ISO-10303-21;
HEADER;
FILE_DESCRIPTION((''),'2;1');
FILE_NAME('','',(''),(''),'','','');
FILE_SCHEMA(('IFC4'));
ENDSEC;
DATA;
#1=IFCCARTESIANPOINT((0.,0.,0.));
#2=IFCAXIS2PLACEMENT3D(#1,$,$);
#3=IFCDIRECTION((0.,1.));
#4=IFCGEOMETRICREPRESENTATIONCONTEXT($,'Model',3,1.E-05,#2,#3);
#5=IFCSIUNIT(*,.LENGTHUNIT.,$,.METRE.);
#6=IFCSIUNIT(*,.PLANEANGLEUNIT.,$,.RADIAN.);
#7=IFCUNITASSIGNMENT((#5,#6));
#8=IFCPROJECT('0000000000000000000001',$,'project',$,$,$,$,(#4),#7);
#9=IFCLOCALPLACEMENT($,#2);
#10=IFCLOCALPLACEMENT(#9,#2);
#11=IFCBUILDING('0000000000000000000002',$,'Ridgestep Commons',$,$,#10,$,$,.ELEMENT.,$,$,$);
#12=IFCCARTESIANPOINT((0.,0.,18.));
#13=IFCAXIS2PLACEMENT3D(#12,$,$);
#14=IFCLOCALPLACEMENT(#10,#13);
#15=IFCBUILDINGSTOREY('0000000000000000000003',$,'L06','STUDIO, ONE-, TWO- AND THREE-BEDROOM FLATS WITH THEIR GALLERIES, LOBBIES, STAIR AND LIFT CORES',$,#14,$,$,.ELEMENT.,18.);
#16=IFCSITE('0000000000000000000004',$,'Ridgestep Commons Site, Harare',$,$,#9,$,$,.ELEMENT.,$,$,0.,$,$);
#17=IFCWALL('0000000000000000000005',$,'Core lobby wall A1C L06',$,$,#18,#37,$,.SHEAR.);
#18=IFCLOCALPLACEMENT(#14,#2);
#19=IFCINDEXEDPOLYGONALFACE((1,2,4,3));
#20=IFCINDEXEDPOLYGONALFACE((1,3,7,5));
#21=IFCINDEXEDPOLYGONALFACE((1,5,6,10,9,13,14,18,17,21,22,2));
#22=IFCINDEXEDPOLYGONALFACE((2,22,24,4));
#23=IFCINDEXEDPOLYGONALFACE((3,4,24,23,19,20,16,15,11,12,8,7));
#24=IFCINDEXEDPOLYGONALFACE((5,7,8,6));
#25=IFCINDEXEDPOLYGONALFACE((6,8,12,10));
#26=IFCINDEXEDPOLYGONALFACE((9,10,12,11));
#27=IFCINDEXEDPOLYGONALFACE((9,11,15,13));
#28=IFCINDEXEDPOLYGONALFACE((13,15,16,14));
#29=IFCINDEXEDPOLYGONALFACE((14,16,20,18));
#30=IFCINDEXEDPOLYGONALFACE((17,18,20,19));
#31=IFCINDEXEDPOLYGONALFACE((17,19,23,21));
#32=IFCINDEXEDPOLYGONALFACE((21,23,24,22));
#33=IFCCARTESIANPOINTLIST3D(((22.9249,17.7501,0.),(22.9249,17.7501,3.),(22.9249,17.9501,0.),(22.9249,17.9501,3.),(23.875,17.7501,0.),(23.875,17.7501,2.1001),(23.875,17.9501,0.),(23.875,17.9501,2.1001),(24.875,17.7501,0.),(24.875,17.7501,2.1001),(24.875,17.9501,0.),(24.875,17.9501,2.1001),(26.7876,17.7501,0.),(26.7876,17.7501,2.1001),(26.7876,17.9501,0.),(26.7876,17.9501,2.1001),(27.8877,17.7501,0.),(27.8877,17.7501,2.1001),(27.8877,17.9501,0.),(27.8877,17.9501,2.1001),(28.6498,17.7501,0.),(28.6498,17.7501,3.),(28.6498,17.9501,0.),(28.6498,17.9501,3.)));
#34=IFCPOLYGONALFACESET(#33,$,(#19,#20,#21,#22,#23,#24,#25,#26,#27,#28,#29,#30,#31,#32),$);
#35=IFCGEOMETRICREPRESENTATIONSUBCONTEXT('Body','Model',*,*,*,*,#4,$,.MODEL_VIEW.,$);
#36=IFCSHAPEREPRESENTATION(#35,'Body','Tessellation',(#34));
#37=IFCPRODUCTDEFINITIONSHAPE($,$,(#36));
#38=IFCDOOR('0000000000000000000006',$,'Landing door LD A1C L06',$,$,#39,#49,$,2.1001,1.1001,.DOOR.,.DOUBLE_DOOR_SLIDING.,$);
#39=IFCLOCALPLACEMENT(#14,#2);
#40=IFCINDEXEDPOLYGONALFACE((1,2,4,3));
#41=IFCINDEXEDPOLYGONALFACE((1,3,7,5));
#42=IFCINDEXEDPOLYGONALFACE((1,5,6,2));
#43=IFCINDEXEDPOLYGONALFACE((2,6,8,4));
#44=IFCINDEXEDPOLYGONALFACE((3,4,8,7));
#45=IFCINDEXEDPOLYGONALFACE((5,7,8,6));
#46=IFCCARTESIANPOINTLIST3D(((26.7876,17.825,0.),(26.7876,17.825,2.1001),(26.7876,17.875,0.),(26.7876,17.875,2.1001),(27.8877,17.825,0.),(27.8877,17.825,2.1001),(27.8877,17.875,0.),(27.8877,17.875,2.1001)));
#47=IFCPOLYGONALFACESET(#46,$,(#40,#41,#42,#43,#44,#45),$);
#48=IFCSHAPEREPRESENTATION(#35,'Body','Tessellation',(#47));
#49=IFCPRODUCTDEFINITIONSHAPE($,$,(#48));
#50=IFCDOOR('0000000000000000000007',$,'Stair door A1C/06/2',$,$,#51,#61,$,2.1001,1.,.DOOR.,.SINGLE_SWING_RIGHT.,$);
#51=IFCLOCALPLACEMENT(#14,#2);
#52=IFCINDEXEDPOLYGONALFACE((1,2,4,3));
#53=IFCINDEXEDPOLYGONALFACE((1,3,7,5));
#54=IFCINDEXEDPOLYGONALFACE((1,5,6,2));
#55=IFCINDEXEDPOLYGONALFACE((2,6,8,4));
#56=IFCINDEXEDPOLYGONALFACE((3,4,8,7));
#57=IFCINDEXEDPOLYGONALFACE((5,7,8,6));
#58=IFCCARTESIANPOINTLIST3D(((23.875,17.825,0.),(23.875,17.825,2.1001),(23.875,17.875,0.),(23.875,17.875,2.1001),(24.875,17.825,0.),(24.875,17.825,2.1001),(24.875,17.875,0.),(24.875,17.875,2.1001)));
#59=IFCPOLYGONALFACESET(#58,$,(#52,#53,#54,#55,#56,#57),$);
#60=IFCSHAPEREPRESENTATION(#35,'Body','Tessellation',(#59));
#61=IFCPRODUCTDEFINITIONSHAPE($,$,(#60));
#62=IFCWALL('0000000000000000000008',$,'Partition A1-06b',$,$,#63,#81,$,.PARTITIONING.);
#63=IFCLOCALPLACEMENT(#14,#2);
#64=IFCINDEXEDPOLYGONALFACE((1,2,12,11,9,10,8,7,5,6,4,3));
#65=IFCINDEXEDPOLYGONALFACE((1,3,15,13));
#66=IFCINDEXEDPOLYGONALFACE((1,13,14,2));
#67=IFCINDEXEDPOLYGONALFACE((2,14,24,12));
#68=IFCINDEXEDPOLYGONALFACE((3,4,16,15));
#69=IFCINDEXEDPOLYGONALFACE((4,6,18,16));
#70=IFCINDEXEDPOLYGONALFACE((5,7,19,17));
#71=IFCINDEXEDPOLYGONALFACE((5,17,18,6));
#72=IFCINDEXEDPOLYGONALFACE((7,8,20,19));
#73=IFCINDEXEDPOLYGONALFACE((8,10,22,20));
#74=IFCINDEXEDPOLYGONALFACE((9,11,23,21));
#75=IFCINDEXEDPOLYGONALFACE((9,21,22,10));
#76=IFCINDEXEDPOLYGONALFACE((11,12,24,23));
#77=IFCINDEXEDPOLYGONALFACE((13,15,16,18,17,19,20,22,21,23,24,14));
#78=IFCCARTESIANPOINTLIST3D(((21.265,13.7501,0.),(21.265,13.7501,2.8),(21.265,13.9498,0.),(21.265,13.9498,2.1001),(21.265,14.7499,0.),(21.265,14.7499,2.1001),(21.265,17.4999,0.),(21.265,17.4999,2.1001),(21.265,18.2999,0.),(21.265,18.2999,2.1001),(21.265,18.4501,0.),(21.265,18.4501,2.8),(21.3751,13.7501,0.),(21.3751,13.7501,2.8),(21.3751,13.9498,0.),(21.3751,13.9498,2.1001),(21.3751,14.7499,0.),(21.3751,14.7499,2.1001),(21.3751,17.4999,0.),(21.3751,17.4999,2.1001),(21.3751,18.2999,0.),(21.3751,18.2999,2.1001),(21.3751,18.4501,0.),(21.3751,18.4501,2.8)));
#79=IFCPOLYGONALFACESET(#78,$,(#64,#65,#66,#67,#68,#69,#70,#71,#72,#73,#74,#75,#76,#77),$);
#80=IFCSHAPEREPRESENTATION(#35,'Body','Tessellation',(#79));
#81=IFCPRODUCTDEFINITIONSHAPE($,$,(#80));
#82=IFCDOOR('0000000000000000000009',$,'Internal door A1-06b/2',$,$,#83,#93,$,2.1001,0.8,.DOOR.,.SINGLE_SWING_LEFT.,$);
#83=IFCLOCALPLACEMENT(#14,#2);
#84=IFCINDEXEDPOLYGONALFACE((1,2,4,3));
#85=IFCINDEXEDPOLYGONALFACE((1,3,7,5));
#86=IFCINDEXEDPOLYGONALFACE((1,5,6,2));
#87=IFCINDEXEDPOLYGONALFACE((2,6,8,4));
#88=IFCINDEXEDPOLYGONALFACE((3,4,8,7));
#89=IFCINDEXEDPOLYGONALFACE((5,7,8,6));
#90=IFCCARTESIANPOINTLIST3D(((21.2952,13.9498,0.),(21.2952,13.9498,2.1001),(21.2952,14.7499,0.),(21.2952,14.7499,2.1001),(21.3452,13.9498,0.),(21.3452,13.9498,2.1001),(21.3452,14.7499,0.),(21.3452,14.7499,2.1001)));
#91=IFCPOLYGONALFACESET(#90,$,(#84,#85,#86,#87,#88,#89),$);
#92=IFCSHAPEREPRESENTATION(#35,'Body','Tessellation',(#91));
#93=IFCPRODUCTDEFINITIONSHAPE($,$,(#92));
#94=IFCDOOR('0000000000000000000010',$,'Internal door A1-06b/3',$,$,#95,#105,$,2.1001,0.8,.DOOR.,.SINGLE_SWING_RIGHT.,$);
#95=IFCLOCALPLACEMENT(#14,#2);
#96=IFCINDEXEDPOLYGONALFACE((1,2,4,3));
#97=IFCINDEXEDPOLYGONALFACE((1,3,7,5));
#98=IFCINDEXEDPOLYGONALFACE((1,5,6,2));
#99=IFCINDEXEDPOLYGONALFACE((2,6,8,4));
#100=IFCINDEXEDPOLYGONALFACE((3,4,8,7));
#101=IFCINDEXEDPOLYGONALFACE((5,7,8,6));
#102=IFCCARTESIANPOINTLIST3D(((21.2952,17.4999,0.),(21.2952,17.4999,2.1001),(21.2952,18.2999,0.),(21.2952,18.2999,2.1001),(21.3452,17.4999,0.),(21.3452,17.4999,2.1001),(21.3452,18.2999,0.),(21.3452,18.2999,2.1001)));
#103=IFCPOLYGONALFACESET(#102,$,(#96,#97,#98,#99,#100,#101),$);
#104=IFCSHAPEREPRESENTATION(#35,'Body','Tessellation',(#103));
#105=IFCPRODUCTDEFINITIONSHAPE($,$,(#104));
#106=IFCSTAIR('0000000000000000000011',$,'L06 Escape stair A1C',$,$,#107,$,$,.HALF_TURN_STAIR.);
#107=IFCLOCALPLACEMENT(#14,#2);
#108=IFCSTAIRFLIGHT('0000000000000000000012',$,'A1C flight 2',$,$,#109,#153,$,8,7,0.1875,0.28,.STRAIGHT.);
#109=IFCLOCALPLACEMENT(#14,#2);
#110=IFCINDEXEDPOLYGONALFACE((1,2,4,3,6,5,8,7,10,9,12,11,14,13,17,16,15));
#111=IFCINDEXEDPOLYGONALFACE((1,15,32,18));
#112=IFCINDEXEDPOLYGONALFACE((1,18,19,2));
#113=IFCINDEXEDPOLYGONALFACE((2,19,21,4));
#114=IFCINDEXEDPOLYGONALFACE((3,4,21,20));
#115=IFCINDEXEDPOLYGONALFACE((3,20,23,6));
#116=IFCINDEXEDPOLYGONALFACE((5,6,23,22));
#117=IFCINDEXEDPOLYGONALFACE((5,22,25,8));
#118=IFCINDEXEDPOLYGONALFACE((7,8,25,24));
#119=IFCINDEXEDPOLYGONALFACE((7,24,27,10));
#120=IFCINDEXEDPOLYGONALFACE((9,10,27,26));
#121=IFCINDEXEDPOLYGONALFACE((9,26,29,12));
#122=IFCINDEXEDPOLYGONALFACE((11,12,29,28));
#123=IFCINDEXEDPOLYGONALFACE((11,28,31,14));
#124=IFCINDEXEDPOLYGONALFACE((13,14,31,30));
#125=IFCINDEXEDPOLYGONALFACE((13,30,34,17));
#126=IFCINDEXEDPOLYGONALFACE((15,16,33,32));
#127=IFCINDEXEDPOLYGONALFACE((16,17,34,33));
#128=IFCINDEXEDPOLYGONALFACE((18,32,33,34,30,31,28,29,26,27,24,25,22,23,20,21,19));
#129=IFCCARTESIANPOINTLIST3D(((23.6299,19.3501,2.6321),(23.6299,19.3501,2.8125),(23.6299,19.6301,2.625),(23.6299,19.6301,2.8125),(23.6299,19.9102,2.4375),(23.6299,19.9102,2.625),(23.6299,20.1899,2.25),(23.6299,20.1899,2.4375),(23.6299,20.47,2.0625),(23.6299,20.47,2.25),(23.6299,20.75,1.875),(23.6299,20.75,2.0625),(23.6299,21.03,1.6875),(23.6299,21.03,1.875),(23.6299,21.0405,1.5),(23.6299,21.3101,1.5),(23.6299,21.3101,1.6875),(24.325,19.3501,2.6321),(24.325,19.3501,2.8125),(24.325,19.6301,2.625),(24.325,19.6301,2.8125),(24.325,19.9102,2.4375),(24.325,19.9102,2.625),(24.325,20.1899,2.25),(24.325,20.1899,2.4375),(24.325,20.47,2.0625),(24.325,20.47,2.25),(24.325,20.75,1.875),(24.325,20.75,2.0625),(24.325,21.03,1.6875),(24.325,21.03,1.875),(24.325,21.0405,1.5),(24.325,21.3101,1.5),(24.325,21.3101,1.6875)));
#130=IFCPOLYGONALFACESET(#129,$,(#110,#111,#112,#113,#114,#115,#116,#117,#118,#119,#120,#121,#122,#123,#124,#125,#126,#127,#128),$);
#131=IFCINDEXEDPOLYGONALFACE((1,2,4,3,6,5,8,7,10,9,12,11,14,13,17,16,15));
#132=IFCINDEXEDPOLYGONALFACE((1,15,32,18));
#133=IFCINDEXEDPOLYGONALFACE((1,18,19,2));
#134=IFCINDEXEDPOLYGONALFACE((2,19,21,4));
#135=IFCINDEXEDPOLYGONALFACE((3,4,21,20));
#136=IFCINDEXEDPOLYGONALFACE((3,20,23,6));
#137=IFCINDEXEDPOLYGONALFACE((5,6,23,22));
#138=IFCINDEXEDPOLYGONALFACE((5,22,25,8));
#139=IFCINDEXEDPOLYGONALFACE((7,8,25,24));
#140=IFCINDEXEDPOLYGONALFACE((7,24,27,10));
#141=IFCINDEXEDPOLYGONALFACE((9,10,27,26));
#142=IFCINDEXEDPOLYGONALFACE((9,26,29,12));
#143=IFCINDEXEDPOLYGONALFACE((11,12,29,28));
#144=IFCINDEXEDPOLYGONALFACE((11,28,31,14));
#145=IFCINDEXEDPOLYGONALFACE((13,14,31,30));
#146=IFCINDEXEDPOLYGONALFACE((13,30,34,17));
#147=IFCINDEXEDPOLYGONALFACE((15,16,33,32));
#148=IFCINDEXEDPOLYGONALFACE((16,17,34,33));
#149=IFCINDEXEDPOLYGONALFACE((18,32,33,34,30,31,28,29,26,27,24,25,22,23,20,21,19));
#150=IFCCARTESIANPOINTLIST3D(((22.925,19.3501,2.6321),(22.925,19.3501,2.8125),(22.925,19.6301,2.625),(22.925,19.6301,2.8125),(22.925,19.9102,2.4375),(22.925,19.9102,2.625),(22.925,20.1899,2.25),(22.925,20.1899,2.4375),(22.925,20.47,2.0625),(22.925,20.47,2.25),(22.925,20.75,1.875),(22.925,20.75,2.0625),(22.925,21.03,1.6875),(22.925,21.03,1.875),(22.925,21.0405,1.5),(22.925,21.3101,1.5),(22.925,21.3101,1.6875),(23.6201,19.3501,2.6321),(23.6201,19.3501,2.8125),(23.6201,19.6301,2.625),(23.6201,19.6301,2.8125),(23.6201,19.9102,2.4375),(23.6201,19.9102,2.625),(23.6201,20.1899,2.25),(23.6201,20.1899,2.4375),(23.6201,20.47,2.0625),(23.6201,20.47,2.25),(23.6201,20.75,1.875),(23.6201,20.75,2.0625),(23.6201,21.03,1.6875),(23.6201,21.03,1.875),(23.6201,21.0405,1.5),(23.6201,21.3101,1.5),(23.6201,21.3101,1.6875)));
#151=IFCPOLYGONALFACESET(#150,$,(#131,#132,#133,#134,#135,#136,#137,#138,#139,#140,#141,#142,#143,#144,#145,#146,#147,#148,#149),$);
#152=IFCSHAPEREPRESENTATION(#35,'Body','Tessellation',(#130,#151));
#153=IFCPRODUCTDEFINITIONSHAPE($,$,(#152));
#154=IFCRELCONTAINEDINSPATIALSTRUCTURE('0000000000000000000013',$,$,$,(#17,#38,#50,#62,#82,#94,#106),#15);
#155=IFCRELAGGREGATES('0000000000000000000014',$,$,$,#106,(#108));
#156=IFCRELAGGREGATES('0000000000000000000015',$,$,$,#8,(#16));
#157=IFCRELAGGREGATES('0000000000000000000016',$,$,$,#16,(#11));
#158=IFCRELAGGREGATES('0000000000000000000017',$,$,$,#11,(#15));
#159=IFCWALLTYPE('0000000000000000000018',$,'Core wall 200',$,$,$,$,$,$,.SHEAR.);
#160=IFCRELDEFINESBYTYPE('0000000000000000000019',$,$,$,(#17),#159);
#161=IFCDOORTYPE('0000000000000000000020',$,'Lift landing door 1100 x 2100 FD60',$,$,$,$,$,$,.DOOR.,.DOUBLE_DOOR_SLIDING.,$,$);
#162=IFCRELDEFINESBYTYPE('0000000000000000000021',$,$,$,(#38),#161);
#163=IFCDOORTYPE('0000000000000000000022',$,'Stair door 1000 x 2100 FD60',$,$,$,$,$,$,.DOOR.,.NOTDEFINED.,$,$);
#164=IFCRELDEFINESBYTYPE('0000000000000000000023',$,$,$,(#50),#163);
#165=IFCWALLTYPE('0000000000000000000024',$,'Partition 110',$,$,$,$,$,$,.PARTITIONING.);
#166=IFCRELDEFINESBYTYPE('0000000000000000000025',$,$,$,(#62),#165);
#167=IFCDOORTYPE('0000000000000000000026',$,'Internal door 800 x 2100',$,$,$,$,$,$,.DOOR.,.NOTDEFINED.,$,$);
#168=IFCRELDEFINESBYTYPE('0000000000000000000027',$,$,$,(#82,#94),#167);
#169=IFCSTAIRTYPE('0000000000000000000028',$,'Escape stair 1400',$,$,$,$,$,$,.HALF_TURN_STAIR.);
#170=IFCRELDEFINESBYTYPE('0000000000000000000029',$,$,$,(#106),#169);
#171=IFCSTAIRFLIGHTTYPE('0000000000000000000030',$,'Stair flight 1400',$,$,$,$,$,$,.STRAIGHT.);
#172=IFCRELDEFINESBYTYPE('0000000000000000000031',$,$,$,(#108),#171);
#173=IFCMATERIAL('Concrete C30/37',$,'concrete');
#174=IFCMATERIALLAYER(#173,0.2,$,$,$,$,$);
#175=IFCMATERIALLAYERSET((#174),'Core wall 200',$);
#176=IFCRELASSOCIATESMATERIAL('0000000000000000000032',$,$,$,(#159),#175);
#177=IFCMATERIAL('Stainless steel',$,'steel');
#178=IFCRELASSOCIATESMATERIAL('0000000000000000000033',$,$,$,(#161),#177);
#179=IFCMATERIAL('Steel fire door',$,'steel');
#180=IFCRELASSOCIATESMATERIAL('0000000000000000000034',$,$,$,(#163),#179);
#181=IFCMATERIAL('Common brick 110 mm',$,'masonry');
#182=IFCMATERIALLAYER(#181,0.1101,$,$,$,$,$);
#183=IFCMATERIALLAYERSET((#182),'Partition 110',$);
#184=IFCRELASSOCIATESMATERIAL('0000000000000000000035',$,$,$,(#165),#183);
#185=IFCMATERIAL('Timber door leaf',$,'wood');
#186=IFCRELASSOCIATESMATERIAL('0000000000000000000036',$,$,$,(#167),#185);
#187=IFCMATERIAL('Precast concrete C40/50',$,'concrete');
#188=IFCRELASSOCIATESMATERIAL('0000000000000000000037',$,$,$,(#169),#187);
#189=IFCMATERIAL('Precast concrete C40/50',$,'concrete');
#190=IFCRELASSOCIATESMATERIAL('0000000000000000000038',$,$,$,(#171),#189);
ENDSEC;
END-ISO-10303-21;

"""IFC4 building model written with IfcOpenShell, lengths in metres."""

from ifc_helpers import new_model, si_unit, direction, frame, frame_2d, origin, place, context, subcontext, project, spatial, polyline, rectangle, outline, extrude, material, layer, layer_set, type_object, element, fill, aggregate, save


model = new_model("IFC4")

# Units and contexts
model_context = context("Model", 3, precision=1e-05, world=origin(), true_north=direction((0.0, 1.0)))
body_context = subcontext(model_context, "Body", "Model", "MODEL_VIEW")
ifc_project = project(units=[si_unit("LENGTHUNIT", "METRE"), si_unit("PLANEANGLEUNIT", "RADIAN")], contexts=[model_context])

# Site, building, storey
site_placement = place(None, origin())
site = spatial("IfcSite", under=ifc_project, at=site_placement, Name="Ridgestep Commons Site, Harare", CompositionType="ELEMENT", RefElevation=0.0)
building_placement = place(site_placement, origin())
building = spatial("IfcBuilding", under=site, at=building_placement, Name="Ridgestep Commons", CompositionType="ELEMENT")
storey_placement = place(building_placement, frame((0.0, 0.0, 18.0)))
storey = spatial("IfcBuildingStorey", under=building, at=storey_placement, Name="L06", Description="STUDIO, ONE-, TWO- AND THREE-BEDROOM FLATS WITH THEIR GALLERIES, LOBBIES, STAIR AND LIFT CORES", CompositionType="ELEMENT", Elevation=18.0)

# Walls, openings, doors
ifc_material_1 = material(Name="Concrete C30/37", Category="concrete")
ifc_layer_1 = layer(ifc_material_1, 0.2)
ifc_layer_set_1 = layer_set([ifc_layer_1], Name="Core wall 200")
wall_type_1 = type_object("IfcWallType", Name="Core wall 200", PredefinedType="SHEAR", material=ifc_layer_set_1)
wall_1_placement = place(storey_placement, frame((22.925, 17.8501, 0.0), z_axis=(0.0, 0.0, 1.0), x_axis=(1.0, 0.0, 0.0)))
wall_1 = element("IfcWall", 1, at=wall_1_placement, inside=storey, type_object=wall_type_1, Name="Core lobby wall A1C L06", PredefinedType="SHEAR", context=body_context, shape_type="SweptSolid", body=[
    extrude(rectangle(XDim=5.7249, YDim=0.2, at=frame_2d((2.8623, 0.0))), origin(), (0.0, 0.0, 1.0), 3.0),
])
opening_1_placement = place(wall_1_placement, frame((0.95, 0.0, 0.0)))
opening_1 = element("IfcOpeningElement", 2, at=opening_1_placement, cuts=wall_1, PredefinedType="OPENING", context=body_context, shape_type="SweptSolid", body=[
    extrude(rectangle(XDim=1.0, YDim=2.1001, at=frame_2d((0.5, 1.05))), frame((0.0, 0.1099, 0.0), z_axis=(0.0, -1.0, 0.0), x_axis=(1.0, 0.0, 0.0)), (0.0, 0.0, 1.0), 0.22),
])
opening_2_placement = place(wall_1_placement, frame((3.8625, 0.0, 0.0)))
opening_2 = element("IfcOpeningElement", 3, at=opening_2_placement, cuts=wall_1, PredefinedType="OPENING", context=body_context, shape_type="SweptSolid", body=[
    extrude(rectangle(XDim=1.1001, YDim=2.1001, at=frame_2d((0.55, 1.05))), frame((0.0, 0.1099, 0.0), z_axis=(0.0, -1.0, 0.0), x_axis=(1.0, 0.0, 0.0)), (0.0, 0.0, 1.0), 0.22),
])
ifc_material_2 = material(Name="Stainless steel", Category="steel")
door_type_1 = type_object("IfcDoorType", Name="Lift landing door 1100 x 2100 FD60", OperationType="DOUBLE_DOOR_SLIDING", PredefinedType="DOOR", material=ifc_material_2)
door_1_placement = place(opening_2_placement, origin())
door_1 = element("IfcDoor", 4, at=door_1_placement, inside=storey, type_object=door_type_1, Name="Landing door LD A1C L06", OperationType="DOUBLE_DOOR_SLIDING", OverallHeight=2.1001, OverallWidth=1.1001, PredefinedType="DOOR", context=body_context, shape_type="SweptSolid", body=[
    extrude(rectangle(XDim=1.1001, YDim=2.1001, at=frame_2d((0.55, 1.05))), frame((0.0, 0.0249, 0.0), z_axis=(0.0, -1.0, 0.0), x_axis=(1.0, 0.0, 0.0)), (0.0, 0.0, 1.0), 0.05),
])
fill(opening_2, door_1)
ifc_material_3 = material(Name="Steel fire door", Category="steel")
door_type_2 = type_object("IfcDoorType", Name="Stair door 1000 x 2100 FD60", OperationType="NOTDEFINED", PredefinedType="DOOR", material=ifc_material_3)
door_2_placement = place(opening_1_placement, origin())
door_2 = element("IfcDoor", 5, at=door_2_placement, inside=storey, type_object=door_type_2, Name="Stair door A1C/06/2", OperationType="SINGLE_SWING_RIGHT", OverallHeight=2.1001, OverallWidth=1.0, PredefinedType="DOOR", context=body_context, shape_type="SweptSolid", body=[
    extrude(rectangle(XDim=1.0, YDim=2.1001, at=frame_2d((0.5, 1.05))), frame((0.0, 0.0249, 0.0), z_axis=(0.0, -1.0, 0.0), x_axis=(1.0, 0.0, 0.0)), (0.0, 0.0, 1.0), 0.05),
])
fill(opening_1, door_2)
ifc_material_4 = material(Name="Common brick 110 mm", Category="masonry")
ifc_layer_2 = layer(ifc_material_4, 0.1101)
ifc_layer_set_2 = layer_set([ifc_layer_2], Name="Partition 110")
wall_type_2 = type_object("IfcWallType", Name="Partition 110", PredefinedType="PARTITIONING", material=ifc_layer_set_2)
wall_2_placement = place(storey_placement, frame((21.3201, 13.75, 0.0), z_axis=(0.0, 0.0, 1.0), x_axis=(0.0, 1.0, 0.0)))
wall_2 = element("IfcWall", 6, at=wall_2_placement, inside=storey, type_object=wall_type_2, Name="Partition A1-06b", PredefinedType="PARTITIONING", context=body_context, shape_type="SweptSolid", body=[
    extrude(rectangle(XDim=4.7, YDim=0.1101, at=frame_2d((2.3501, 0.0))), origin(), (0.0, 0.0, 1.0), 2.8),
])
opening_3_placement = place(wall_2_placement, frame((0.2, 0.0, 0.0)))
opening_3 = element("IfcOpeningElement", 7, at=opening_3_placement, cuts=wall_2, PredefinedType="OPENING", context=body_context, shape_type="SweptSolid", body=[
    extrude(rectangle(XDim=0.8, YDim=2.1001, at=frame_2d((0.3999, 1.05))), frame((0.0, 0.0649, 0.0), z_axis=(0.0, -1.0, 0.0), x_axis=(1.0, 0.0, 0.0)), (0.0, 0.0, 1.0), 0.1301),
])
opening_4_placement = place(wall_2_placement, frame((3.75, 0.0, 0.0)))
opening_4 = element("IfcOpeningElement", 8, at=opening_4_placement, cuts=wall_2, PredefinedType="OPENING", context=body_context, shape_type="SweptSolid", body=[
    extrude(rectangle(XDim=0.8, YDim=2.1001, at=frame_2d((0.3999, 1.05))), frame((0.0, 0.0649, 0.0), z_axis=(0.0, -1.0, 0.0), x_axis=(1.0, 0.0, 0.0)), (0.0, 0.0, 1.0), 0.1301),
])
ifc_material_5 = material(Name="Timber door leaf", Category="wood")
door_type_3 = type_object("IfcDoorType", Name="Internal door 800 x 2100", OperationType="NOTDEFINED", PredefinedType="DOOR", material=ifc_material_5)
door_3_placement = place(opening_3_placement, origin())
door_3 = element("IfcDoor", 9, at=door_3_placement, inside=storey, type_object=door_type_3, Name="Internal door A1-06b/2", OperationType="SINGLE_SWING_LEFT", OverallHeight=2.1001, OverallWidth=0.8, PredefinedType="DOOR", context=body_context, shape_type="SweptSolid", body=[
    extrude(rectangle(XDim=0.8, YDim=2.1001, at=frame_2d((0.3999, 1.05))), frame((0.0, 0.0249, 0.0), z_axis=(0.0, -1.0, 0.0), x_axis=(1.0, 0.0, 0.0)), (0.0, 0.0, 1.0), 0.05),
])
fill(opening_3, door_3)
door_4_placement = place(opening_4_placement, origin())
door_4 = element("IfcDoor", 10, at=door_4_placement, inside=storey, type_object=door_type_3, Name="Internal door A1-06b/3", OperationType="SINGLE_SWING_RIGHT", OverallHeight=2.1001, OverallWidth=0.8, PredefinedType="DOOR", context=body_context, shape_type="SweptSolid", body=[
    extrude(rectangle(XDim=0.8, YDim=2.1001, at=frame_2d((0.3999, 1.05))), frame((0.0, 0.0249, 0.0), z_axis=(0.0, -1.0, 0.0), x_axis=(1.0, 0.0, 0.0)), (0.0, 0.0, 1.0), 0.05),
])
fill(opening_4, door_4)

# Stair, stair flight
ifc_material_6 = material(Name="Precast concrete C40/50", Category="concrete")
stair_type = type_object("IfcStairType", Name="Escape stair 1400", PredefinedType="HALF_TURN_STAIR", material=ifc_material_6)
stair_placement = place(storey_placement, origin())
stair = element("IfcStair", 11, at=stair_placement, inside=storey, type_object=stair_type, Name="L06 Escape stair A1C", PredefinedType="HALF_TURN_STAIR")
ifc_material_7 = material(Name="Precast concrete C40/50", Category="concrete")
stair_flight_type = type_object("IfcStairFlightType", Name="Stair flight 1400", PredefinedType="STRAIGHT", material=ifc_material_7)
stair_flight_placement = place(storey_placement, frame((23.625, 21.3101, 1.5), z_axis=(0.0, 0.0, 1.0), x_axis=(0.0, -1.0, 0.0)))
stair_flight = element("IfcStairFlight", 12, at=stair_flight_placement, type_object=stair_flight_type, Name="A1C flight 2", NumberOfRisers=8, NumberOfTreads=7, PredefinedType="STRAIGHT", RiserHeight=0.1875, TreadLength=0.28, context=body_context, shape_type="SweptSolid", body=[
    extrude(outline(polyline([(0.0, 0.0), (0.0, 0.1875), (0.28, 0.1875), (0.28, 0.375), (0.5601, 0.375), (0.5601, 0.5625), (0.8401, 0.5625), (0.8401, 0.75), (1.1201, 0.75), (1.1201, 0.9375), (1.3999, 0.9375), (1.3999, 1.125), (1.6799, 1.125), (1.6799, 1.3125), (1.96, 1.3125), (1.96, 1.5), (1.96, 1.1321), (0.2695, 0.0), (0.0, 0.0)])), frame((0.0, 0.7, 0.0), z_axis=(0.0, -1.0, 0.0), x_axis=(1.0, 0.0, 0.0)), (0.0, 0.0, 1.0), 0.6951),
    extrude(outline(polyline([(0.0, 0.0), (0.0, 0.1875), (0.28, 0.1875), (0.28, 0.375), (0.5601, 0.375), (0.5601, 0.5625), (0.8401, 0.5625), (0.8401, 0.75), (1.1201, 0.75), (1.1201, 0.9375), (1.3999, 0.9375), (1.3999, 1.125), (1.6799, 1.125), (1.6799, 1.3125), (1.96, 1.3125), (1.96, 1.5), (1.96, 1.1321), (0.2695, 0.0), (0.0, 0.0)])), frame((0.0, -0.0049, 0.0), z_axis=(0.0, -1.0, 0.0), x_axis=(1.0, 0.0, 0.0)), (0.0, 0.0, 1.0), 0.6951),
])
aggregate(stair, [stair_flight])

save(model, "model.ifc")
